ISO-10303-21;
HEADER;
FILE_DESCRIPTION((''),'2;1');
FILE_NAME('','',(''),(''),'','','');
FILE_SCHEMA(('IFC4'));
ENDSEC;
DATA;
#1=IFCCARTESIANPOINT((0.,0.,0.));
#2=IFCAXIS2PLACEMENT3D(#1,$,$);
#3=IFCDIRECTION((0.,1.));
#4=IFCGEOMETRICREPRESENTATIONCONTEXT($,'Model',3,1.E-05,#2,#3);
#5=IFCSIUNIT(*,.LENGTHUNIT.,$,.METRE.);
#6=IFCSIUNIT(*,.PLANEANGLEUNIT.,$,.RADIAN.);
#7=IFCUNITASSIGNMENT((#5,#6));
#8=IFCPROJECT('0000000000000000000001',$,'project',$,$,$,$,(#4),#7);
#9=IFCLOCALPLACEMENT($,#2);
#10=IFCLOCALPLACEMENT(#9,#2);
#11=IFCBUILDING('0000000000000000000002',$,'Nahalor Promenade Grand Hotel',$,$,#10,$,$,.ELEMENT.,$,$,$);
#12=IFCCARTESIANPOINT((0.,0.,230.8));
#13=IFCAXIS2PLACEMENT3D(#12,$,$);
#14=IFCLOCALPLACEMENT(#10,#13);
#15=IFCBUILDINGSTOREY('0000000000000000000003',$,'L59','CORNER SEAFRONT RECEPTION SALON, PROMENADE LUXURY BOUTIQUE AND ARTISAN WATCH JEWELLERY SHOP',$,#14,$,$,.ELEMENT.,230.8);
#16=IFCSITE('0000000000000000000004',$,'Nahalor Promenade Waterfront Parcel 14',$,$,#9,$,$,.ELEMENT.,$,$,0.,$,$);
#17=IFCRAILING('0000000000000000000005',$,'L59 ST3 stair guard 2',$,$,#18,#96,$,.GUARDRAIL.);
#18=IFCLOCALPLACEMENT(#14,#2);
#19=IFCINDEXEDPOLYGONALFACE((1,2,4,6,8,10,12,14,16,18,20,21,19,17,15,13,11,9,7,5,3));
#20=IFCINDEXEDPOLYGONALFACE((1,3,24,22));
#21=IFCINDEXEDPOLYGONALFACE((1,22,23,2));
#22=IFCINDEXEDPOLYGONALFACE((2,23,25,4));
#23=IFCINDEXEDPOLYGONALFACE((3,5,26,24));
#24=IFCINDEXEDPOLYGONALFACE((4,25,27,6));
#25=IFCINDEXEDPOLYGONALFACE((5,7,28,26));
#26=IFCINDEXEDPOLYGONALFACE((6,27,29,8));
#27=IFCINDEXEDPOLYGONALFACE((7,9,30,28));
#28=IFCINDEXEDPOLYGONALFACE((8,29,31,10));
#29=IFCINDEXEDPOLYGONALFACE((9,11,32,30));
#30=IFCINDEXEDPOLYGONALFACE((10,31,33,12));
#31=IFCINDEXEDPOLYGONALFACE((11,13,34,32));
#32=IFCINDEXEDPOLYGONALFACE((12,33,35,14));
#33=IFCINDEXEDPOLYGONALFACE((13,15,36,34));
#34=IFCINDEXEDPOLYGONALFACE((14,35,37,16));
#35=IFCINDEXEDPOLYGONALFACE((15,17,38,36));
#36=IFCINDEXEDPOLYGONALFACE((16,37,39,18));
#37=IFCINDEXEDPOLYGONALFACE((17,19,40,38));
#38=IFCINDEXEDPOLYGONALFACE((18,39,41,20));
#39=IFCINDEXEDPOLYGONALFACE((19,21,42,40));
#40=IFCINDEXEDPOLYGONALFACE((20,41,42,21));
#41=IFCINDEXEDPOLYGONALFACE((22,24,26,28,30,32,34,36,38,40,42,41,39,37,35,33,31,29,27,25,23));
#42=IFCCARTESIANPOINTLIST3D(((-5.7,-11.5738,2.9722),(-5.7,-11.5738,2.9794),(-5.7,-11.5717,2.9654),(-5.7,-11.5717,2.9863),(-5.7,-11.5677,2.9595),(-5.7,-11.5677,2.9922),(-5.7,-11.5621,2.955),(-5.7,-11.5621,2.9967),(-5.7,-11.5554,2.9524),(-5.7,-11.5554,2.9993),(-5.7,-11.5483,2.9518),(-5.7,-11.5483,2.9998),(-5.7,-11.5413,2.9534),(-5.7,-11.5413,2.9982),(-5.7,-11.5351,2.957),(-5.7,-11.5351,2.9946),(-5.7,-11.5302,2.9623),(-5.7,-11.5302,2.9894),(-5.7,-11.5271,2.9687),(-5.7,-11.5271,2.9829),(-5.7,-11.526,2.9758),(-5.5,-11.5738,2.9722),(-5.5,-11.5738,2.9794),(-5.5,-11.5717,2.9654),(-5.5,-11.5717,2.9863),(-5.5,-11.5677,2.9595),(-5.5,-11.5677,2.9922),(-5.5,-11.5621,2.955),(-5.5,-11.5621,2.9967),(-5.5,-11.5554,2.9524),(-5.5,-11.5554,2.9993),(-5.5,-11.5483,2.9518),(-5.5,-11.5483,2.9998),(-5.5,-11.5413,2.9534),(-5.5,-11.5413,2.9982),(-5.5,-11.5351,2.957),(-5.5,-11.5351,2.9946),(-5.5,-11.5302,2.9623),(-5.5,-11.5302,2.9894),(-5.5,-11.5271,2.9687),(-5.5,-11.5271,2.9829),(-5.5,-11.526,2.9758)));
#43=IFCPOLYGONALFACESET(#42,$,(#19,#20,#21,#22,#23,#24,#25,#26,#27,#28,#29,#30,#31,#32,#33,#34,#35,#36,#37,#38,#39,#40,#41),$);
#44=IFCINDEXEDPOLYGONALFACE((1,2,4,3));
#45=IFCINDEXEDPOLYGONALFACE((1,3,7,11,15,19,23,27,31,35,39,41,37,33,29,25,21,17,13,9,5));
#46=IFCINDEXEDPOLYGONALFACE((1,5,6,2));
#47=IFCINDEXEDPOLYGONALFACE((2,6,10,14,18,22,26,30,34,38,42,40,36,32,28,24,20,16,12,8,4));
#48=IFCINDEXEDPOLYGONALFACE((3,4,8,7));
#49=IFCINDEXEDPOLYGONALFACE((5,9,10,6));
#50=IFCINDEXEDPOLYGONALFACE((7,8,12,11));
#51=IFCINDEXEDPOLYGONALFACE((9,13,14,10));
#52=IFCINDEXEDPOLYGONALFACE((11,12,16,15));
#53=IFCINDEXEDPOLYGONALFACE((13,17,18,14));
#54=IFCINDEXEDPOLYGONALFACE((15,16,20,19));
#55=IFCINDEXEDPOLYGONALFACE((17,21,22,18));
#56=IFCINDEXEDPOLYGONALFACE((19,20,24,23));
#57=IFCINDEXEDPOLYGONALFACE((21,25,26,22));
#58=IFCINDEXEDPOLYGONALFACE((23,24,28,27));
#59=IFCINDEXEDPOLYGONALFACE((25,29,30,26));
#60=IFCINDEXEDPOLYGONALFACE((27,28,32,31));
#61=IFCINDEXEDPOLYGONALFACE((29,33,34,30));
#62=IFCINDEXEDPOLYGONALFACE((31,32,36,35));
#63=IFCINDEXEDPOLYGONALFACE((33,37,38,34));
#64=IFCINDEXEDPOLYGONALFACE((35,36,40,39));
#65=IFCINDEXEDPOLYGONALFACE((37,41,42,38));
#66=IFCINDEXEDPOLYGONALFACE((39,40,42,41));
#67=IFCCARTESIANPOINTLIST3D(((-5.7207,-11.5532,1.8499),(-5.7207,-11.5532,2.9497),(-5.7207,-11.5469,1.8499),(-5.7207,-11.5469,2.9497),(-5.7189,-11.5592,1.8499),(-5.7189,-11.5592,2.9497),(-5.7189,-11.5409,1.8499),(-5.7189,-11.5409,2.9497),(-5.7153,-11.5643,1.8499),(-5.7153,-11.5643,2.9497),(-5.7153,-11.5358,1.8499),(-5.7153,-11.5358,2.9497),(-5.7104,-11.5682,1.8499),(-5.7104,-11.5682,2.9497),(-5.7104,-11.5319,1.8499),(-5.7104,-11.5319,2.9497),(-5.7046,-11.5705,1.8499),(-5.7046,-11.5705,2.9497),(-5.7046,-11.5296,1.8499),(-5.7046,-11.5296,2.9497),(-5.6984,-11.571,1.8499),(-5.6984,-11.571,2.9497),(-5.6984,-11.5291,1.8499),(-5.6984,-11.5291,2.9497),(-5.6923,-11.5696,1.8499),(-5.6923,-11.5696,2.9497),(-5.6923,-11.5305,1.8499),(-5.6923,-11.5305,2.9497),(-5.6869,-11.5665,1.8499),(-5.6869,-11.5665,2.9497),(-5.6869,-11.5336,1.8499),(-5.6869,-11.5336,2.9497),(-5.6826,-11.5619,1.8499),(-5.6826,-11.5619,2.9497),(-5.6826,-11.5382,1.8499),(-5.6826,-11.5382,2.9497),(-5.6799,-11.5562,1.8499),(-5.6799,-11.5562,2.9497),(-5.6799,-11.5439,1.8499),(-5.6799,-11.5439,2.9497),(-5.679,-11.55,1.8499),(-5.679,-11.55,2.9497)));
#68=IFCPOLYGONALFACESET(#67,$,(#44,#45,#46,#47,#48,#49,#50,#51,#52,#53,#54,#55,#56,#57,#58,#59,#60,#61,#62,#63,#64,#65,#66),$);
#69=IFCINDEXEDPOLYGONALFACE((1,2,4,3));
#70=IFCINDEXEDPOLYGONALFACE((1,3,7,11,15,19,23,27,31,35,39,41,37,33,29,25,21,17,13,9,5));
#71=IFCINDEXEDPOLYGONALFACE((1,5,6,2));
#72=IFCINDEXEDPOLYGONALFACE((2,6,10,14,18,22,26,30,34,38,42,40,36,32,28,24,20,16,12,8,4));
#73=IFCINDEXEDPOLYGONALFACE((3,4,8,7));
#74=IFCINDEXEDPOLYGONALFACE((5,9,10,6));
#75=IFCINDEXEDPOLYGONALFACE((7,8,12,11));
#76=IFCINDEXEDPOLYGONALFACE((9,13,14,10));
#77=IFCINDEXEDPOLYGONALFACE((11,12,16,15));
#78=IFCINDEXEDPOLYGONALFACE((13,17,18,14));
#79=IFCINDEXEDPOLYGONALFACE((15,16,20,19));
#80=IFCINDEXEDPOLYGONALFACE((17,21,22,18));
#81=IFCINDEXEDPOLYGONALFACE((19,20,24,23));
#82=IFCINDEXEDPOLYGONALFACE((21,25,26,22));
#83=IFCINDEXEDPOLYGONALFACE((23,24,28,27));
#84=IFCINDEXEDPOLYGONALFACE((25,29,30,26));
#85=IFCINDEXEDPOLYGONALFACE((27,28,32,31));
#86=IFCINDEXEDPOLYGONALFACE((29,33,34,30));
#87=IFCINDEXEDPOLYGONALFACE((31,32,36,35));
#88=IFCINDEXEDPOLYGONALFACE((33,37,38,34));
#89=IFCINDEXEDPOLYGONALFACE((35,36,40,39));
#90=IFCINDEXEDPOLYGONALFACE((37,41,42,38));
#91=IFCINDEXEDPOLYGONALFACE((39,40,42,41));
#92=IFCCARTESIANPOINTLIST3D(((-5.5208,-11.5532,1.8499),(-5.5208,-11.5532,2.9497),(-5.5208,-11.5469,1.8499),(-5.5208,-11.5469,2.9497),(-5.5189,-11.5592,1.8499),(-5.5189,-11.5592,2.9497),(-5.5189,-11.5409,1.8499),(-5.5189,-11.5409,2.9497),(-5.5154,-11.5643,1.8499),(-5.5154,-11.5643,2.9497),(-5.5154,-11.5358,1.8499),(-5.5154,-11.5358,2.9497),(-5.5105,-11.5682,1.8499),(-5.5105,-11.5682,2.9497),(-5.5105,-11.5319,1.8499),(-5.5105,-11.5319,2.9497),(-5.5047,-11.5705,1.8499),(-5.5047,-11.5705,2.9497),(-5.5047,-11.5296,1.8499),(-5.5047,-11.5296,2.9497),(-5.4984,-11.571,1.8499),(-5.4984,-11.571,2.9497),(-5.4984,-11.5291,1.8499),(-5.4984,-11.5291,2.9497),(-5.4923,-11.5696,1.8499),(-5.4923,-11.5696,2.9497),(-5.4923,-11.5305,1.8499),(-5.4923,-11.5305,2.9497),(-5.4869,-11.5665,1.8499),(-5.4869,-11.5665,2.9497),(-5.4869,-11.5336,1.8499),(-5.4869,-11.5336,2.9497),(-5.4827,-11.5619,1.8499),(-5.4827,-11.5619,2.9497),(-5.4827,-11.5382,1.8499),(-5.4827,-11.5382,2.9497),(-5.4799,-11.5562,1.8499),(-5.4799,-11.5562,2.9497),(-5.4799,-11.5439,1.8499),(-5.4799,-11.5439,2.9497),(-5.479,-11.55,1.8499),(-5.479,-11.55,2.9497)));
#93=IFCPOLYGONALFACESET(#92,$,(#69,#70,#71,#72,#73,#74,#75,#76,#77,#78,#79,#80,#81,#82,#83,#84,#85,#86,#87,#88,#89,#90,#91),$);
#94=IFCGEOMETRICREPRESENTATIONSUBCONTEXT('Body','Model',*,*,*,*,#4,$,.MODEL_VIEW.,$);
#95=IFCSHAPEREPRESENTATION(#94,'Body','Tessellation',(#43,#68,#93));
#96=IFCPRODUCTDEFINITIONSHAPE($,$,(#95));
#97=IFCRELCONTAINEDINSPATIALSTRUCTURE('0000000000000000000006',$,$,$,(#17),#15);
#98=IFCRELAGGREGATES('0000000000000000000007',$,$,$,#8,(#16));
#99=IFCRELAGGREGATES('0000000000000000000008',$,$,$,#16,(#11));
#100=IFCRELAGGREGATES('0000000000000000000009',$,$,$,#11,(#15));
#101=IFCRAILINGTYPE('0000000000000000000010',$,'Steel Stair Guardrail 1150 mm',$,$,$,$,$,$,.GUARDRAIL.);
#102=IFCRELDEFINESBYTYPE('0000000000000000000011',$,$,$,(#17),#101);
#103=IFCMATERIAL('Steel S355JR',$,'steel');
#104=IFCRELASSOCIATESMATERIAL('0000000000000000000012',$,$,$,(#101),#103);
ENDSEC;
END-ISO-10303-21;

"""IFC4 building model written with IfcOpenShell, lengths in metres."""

from ifc_helpers import new_model, si_unit, direction, frame, origin, origin_2d, place, context, subcontext, project, spatial, circle, extrude, material, type_object, element, save


model = new_model("IFC4")

# Units and contexts
model_context = context("Model", 3, precision=1e-05, world=origin(), true_north=direction((0.0, 1.0)))
body_context = subcontext(model_context, "Body", "Model", "MODEL_VIEW")
ifc_project = project(units=[si_unit("LENGTHUNIT", "METRE"), si_unit("PLANEANGLEUNIT", "RADIAN")], contexts=[model_context])

# Site, building, storey
site_placement = place(None, origin())
site = spatial("IfcSite", under=ifc_project, at=site_placement, Name="Nahalor Promenade Waterfront Parcel 14", CompositionType="ELEMENT", RefElevation=0.0)
building_placement = place(site_placement, origin())
building = spatial("IfcBuilding", under=site, at=building_placement, Name="Nahalor Promenade Grand Hotel", CompositionType="ELEMENT")
storey_placement = place(building_placement, frame((0.0, 0.0, 230.8)))
storey = spatial("IfcBuildingStorey", under=building, at=storey_placement, Name="L59", Description="CORNER SEAFRONT RECEPTION SALON, PROMENADE LUXURY BOUTIQUE AND ARTISAN WATCH JEWELLERY SHOP", CompositionType="ELEMENT", Elevation=230.8)

# Shared definitions
ifc_material_1 = material(Name="Steel S355JR", Category="steel")

# Railing
railing_type_1 = type_object("IfcRailingType", Name="Steel Stair Guardrail 1150 mm", PredefinedType="GUARDRAIL", material=ifc_material_1)
railing_1_placement = place(storey_placement, frame((-5.7, -11.55, 1.8499)))
element("IfcRailing", 1, at=railing_1_placement, inside=storey, type_object=railing_type_1, Name="L59 ST3 stair guard 2", PredefinedType="GUARDRAIL", context=body_context, shape_type="SweptSolid", body=[
    extrude(circle(Radius=0.024, at=origin_2d()), frame((0.0, 0.0, 1.126), z_axis=(1.0, 0.0, 0.0), x_axis=(0.0, 1.0, 0.0)), (0.0, 0.0, 1.0), 0.2),
    extrude(circle(Radius=0.021, at=origin_2d()), origin(), (0.0, 0.0, 1.0), 1.0999),
    extrude(circle(Radius=0.021, at=origin_2d()), frame((0.2, 0.0, 0.0)), (0.0, 0.0, 1.0), 1.0999),
])

save(model, "model.ifc")
